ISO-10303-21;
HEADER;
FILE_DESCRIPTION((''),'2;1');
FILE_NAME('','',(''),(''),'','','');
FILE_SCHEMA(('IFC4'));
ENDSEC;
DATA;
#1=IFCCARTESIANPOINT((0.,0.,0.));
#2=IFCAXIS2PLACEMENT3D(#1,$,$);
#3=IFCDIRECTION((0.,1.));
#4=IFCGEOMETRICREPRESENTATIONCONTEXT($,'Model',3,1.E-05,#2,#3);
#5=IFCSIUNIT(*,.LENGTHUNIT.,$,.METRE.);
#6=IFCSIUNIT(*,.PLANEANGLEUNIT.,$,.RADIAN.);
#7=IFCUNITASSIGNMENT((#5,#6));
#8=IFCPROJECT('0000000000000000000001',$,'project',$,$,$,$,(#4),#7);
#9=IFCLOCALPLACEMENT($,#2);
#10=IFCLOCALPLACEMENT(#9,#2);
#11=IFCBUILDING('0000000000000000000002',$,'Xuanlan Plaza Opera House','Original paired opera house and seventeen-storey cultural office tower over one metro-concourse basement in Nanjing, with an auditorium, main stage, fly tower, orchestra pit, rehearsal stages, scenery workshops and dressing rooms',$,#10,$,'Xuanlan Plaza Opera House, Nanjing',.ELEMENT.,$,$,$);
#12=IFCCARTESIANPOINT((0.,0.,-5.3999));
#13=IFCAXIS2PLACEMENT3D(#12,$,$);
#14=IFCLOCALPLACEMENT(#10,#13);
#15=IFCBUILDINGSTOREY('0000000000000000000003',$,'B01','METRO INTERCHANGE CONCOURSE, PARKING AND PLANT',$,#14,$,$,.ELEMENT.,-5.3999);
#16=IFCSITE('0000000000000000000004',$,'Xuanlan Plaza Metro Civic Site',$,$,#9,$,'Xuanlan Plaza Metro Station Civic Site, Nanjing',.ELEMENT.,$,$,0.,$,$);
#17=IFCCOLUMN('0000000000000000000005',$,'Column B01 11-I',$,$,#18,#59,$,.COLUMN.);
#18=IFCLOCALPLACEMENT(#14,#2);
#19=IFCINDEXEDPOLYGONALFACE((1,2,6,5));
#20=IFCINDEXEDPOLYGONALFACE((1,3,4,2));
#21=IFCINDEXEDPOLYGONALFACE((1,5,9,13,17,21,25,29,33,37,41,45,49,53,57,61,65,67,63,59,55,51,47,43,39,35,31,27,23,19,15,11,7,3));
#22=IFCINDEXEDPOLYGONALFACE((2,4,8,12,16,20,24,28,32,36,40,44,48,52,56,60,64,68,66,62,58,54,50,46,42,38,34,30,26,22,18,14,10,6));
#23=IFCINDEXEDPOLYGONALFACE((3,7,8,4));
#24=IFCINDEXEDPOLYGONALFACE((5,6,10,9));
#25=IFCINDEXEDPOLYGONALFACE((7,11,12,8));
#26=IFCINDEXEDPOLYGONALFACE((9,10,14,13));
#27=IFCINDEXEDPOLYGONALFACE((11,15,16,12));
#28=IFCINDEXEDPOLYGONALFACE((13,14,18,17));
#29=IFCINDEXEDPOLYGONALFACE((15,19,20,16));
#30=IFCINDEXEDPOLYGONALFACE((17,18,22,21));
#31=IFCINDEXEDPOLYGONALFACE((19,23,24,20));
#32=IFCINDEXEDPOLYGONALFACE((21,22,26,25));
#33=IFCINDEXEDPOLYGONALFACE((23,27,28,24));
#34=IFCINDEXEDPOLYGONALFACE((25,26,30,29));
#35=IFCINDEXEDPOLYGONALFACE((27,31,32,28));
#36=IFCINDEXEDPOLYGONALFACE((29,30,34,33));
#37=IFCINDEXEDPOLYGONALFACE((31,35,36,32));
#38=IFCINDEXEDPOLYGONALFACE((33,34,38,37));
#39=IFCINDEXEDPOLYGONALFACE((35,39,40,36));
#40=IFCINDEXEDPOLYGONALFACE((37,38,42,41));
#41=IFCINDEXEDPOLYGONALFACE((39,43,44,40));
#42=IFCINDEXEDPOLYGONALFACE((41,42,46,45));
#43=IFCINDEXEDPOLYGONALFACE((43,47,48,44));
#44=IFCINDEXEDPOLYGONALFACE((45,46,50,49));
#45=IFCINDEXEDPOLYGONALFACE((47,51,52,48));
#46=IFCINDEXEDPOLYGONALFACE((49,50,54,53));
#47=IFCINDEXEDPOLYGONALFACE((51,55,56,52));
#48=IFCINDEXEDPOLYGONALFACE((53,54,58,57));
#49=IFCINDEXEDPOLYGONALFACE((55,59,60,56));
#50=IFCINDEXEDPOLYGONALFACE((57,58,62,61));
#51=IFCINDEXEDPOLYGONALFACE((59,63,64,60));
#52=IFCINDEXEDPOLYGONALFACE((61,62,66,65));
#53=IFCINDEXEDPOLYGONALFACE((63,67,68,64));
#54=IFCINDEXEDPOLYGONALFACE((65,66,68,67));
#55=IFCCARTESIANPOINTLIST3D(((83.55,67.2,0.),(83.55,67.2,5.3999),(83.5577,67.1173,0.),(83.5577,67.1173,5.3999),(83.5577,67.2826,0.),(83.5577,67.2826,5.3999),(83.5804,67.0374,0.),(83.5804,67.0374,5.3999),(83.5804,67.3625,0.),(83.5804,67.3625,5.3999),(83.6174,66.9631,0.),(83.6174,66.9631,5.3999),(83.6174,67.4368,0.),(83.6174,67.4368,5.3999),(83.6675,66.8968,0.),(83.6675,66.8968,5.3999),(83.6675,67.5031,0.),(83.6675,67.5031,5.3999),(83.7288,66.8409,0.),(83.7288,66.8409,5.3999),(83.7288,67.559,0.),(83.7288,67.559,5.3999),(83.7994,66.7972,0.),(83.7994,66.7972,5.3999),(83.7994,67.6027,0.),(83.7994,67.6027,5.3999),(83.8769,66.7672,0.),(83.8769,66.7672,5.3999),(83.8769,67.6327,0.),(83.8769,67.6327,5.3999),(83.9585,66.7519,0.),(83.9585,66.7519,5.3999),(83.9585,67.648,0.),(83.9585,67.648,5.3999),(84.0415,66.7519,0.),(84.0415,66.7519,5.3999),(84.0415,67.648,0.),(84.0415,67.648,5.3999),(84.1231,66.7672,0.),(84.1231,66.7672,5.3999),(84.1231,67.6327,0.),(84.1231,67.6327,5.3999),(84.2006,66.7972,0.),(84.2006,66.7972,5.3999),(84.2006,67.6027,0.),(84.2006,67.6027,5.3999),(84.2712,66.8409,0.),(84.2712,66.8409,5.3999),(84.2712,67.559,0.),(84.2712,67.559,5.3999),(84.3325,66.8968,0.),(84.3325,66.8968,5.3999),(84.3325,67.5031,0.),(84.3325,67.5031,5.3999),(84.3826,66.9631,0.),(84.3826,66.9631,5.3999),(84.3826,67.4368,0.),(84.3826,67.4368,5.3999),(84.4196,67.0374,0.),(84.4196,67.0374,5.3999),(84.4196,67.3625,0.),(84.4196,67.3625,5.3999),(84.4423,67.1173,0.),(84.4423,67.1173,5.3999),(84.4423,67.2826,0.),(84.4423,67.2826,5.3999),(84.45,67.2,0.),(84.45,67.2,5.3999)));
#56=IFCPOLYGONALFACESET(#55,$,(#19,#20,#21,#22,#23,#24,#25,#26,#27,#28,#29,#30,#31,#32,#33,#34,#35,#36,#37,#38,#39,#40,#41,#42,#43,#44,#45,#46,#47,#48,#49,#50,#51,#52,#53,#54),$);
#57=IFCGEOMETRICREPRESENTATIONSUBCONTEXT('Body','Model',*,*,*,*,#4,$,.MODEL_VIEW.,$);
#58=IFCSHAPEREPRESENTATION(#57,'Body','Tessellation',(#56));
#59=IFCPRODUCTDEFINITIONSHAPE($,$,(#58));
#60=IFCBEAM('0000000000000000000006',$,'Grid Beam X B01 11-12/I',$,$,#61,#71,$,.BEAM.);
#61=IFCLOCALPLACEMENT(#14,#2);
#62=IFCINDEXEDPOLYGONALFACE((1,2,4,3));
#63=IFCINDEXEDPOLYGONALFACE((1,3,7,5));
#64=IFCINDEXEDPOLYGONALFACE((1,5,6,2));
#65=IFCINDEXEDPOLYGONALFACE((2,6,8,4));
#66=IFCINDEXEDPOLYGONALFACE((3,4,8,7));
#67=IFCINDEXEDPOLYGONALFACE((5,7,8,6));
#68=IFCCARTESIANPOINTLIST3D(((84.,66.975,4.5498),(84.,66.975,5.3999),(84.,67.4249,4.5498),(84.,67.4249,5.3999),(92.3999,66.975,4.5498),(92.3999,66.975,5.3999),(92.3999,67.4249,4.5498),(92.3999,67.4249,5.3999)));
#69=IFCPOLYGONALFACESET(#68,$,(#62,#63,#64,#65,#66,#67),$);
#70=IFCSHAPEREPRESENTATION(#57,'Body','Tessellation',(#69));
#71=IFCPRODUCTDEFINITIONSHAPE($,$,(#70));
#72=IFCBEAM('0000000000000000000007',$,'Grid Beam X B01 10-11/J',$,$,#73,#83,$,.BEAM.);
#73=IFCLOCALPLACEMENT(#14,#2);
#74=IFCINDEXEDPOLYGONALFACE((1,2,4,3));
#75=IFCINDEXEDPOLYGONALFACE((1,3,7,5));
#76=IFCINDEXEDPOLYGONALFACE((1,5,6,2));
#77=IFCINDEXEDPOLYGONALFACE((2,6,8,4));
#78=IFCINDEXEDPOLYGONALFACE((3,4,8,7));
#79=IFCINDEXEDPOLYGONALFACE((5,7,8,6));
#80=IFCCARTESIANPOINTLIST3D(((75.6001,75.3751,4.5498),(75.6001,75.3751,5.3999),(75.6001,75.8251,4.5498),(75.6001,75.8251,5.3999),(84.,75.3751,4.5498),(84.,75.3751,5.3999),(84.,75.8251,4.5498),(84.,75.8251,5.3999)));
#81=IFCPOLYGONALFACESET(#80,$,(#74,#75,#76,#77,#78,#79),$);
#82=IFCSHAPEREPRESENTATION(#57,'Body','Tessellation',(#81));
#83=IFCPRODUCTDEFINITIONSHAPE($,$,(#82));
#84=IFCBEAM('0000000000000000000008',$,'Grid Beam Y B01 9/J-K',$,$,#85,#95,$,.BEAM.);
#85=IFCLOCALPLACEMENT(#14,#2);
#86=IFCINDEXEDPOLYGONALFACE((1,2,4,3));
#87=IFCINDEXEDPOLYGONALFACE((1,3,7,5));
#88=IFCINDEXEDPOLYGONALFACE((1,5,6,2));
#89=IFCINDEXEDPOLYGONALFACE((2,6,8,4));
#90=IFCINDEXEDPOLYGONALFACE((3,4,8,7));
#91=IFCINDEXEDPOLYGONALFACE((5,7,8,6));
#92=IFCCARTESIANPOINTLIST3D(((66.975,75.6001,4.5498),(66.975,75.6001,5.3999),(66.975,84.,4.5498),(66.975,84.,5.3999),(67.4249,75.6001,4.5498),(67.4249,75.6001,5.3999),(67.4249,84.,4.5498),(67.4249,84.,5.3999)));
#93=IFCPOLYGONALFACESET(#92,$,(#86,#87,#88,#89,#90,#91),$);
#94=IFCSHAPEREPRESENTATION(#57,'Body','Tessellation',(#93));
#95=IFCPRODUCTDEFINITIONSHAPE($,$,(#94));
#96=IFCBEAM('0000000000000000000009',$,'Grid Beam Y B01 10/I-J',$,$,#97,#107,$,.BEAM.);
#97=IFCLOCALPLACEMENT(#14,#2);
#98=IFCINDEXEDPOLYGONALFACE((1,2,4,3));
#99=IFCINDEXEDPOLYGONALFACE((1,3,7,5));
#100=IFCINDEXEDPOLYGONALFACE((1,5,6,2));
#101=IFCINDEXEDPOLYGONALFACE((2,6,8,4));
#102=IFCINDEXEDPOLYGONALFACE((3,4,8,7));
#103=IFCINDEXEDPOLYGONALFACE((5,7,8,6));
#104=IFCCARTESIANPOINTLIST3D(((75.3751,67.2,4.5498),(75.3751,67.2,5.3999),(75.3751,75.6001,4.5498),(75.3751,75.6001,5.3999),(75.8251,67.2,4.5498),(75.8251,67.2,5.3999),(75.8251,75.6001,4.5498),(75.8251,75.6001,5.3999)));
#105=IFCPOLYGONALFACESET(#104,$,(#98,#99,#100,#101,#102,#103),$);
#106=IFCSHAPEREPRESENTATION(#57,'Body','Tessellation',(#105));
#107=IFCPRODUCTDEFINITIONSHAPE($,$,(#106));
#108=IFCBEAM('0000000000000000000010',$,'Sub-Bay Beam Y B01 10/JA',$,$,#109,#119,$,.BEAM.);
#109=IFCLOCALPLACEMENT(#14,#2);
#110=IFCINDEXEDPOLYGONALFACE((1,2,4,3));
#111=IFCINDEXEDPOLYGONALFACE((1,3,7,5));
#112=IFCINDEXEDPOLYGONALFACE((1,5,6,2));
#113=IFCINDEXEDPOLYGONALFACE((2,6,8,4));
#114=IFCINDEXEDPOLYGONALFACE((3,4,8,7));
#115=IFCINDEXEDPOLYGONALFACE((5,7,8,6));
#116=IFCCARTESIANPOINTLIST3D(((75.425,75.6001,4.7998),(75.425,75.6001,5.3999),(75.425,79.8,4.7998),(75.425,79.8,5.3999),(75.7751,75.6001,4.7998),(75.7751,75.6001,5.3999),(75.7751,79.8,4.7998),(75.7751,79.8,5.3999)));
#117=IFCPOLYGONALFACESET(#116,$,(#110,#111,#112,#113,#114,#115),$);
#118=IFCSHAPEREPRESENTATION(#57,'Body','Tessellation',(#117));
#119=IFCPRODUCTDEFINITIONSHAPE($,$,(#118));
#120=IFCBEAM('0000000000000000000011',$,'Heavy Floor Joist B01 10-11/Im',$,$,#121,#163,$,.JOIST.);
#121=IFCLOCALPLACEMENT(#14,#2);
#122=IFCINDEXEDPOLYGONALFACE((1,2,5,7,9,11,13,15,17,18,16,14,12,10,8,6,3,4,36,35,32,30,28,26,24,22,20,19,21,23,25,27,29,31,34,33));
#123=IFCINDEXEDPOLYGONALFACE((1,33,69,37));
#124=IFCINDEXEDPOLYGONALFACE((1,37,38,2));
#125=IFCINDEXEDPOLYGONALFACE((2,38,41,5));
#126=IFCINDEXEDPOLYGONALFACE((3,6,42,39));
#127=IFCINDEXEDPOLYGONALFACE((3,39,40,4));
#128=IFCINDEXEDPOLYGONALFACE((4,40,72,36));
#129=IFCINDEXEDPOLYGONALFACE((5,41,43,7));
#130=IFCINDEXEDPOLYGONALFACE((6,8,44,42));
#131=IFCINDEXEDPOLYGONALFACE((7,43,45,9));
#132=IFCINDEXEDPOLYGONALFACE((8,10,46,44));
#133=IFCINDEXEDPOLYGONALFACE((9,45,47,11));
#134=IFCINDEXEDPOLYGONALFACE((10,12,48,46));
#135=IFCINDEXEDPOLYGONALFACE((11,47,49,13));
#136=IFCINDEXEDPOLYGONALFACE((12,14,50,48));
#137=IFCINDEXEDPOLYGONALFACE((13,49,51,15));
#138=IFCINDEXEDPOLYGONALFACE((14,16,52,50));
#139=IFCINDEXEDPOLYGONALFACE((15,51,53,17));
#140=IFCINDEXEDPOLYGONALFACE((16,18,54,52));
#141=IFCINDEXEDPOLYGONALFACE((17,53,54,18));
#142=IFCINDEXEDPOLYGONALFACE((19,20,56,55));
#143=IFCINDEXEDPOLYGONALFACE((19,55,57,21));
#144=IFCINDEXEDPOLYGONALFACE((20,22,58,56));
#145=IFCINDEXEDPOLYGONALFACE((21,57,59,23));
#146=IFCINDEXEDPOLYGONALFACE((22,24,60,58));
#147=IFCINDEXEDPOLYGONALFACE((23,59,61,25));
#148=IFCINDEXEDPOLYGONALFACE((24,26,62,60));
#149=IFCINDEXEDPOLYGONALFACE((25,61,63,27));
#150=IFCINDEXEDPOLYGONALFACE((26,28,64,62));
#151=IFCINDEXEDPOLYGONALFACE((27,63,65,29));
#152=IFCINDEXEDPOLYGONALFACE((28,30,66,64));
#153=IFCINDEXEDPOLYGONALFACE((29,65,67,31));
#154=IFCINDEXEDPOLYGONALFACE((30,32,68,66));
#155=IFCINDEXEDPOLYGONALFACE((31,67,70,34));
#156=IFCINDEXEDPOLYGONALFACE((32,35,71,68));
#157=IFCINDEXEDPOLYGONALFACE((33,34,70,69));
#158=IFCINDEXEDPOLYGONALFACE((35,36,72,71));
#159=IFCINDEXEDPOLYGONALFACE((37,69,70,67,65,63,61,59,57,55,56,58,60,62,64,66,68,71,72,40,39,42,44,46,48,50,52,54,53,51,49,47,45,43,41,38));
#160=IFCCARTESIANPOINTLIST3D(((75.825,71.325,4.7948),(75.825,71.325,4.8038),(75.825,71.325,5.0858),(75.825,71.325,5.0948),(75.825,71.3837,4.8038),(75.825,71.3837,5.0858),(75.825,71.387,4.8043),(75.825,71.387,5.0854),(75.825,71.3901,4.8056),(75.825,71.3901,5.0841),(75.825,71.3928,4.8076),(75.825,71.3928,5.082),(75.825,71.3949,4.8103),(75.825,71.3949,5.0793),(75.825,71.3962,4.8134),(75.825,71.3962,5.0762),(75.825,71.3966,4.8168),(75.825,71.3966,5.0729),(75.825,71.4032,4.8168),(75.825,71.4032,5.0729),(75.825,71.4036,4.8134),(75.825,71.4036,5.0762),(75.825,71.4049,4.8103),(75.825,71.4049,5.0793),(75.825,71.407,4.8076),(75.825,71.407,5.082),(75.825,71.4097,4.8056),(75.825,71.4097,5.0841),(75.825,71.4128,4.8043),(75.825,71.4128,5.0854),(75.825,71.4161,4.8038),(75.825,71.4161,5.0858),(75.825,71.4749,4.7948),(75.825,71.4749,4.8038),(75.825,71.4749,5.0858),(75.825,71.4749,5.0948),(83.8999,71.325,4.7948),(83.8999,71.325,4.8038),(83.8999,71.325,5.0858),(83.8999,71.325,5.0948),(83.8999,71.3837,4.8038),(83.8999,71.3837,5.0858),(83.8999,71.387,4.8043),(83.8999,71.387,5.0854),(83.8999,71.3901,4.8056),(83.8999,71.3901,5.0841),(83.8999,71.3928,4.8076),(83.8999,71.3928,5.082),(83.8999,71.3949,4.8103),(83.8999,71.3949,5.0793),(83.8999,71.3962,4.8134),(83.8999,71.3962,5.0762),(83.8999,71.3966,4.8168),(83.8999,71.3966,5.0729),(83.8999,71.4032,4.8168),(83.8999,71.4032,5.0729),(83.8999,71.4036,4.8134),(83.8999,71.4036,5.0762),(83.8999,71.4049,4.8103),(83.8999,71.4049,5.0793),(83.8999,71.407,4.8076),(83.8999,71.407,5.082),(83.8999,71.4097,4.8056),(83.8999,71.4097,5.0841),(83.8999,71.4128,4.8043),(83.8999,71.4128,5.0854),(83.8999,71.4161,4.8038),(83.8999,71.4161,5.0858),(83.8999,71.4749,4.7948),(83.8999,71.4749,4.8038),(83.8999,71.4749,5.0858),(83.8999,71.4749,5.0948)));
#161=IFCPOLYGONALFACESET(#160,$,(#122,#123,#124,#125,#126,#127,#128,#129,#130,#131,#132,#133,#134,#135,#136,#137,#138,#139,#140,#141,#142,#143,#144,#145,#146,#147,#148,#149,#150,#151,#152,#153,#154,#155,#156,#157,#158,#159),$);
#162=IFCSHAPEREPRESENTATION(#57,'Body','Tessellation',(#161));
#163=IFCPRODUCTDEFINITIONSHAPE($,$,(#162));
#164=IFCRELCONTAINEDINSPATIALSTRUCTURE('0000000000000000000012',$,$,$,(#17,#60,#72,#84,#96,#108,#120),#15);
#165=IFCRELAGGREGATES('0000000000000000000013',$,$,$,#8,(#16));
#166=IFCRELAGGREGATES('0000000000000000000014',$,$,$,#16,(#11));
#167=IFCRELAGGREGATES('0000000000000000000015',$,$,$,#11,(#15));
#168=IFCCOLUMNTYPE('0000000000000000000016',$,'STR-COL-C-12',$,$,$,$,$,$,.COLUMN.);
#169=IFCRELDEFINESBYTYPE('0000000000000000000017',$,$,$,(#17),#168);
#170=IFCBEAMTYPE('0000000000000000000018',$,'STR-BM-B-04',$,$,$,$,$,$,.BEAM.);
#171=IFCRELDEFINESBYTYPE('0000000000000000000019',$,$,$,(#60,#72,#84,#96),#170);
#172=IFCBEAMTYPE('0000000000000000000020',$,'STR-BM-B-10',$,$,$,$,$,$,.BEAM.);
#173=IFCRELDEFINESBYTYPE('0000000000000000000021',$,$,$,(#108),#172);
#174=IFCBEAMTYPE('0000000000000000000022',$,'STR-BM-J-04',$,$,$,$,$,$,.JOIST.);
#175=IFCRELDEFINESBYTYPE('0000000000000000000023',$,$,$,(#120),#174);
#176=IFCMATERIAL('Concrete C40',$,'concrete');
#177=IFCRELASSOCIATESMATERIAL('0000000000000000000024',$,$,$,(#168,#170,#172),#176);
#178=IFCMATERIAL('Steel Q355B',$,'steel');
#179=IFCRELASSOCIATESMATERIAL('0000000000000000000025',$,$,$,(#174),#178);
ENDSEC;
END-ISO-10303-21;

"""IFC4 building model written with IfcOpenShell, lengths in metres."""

from ifc_helpers import new_model, si_unit, direction, frame, origin, origin_2d, place, context, subcontext, project, spatial, rectangle, circle, i_section, extrude, material, material_profile, profile_set, type_object, element, save


model = new_model("IFC4")

# Units and contexts
model_context = context("Model", 3, precision=1e-05, world=origin(), true_north=direction((0.0, 1.0)))
body_context = subcontext(model_context, "Body", "Model", "MODEL_VIEW")
ifc_project = project(units=[si_unit("LENGTHUNIT", "METRE"), si_unit("PLANEANGLEUNIT", "RADIAN")], contexts=[model_context])

# Site, building, storey
site_placement = place(None, origin())
site = spatial("IfcSite", under=ifc_project, at=site_placement, Name="Xuanlan Plaza Metro Civic Site", LongName="Xuanlan Plaza Metro Station Civic Site, Nanjing", CompositionType="ELEMENT", RefElevation=0.0)
building_placement = place(site_placement, origin())
building = spatial("IfcBuilding", under=site, at=building_placement, Name="Xuanlan Plaza Opera House", Description="Original paired opera house and seventeen-storey cultural office tower over one metro-concourse basement in Nanjing, with an auditorium, main stage, fly tower, orchestra pit, rehearsal stages, scenery workshops and dressing rooms", LongName="Xuanlan Plaza Opera House, Nanjing", CompositionType="ELEMENT")
storey_placement = place(building_placement, frame((0.0, 0.0, -5.3999)))
storey = spatial("IfcBuildingStorey", under=building, at=storey_placement, Name="B01", Description="METRO INTERCHANGE CONCOURSE, PARKING AND PLANT", CompositionType="ELEMENT", Elevation=-5.3999)

# Shared definitions
ifc_material_1 = material(Name="Concrete C40", Category="concrete")

# Column
ifc_material_profile_1 = material_profile(ifc_material_1, circle(Radius=0.45, at=origin_2d()), Name="RC-COL D900")
ifc_profile_set_1 = profile_set([ifc_material_profile_1], Name="Concrete C40")
column_type_1 = type_object("IfcColumnType", Name="STR-COL-C-12", PredefinedType="COLUMN", material=ifc_profile_set_1)
for number, where, z_axis, x_axis, name in (
    (1, (84.0, 67.2, 0.0), (0.0, 0.0, 1.0), (1.0, 0.0, 0.0), "Column B01 11-I"),
):
    element("IfcColumn", number, at=place(storey_placement, frame(where, z_axis=z_axis, x_axis=x_axis)), inside=storey, type_object=column_type_1, Name=name, PredefinedType="COLUMN", context=body_context, shape_type="SweptSolid", body=[
        extrude(circle(Radius=0.45, at=origin_2d()), origin(), (0.0, 0.0, 1.0), 5.3999),
    ])

# Beams
ifc_material_profile_2 = material_profile(ifc_material_1, rectangle(XDim=0.45, YDim=0.8501, at=origin_2d()), Name="RC-BM 450x850")
ifc_profile_set_2 = profile_set([ifc_material_profile_2], Name="Concrete C40")
beam_type_1 = type_object("IfcBeamType", Name="STR-BM-B-04", PredefinedType="BEAM", material=ifc_profile_set_2)
for number, where, z_axis, x_axis, name in (
    (2, (84.0, 67.2, 4.9749), (1.0, 0.0, 0.0), (0.0, 1.0, 0.0), "Grid Beam X B01 11-12/I"),
    (3, (75.6001, 75.6001, 4.9749), (1.0, 0.0, 0.0), (0.0, 1.0, 0.0), "Grid Beam X B01 10-11/J"),
    (4, (67.2, 75.6001, 4.9749), (0.0, 1.0, 0.0), (-1.0, 0.0, 0.0), "Grid Beam Y B01 9/J-K"),
):
    element("IfcBeam", number, at=place(storey_placement, frame(where, z_axis=z_axis, x_axis=x_axis)), inside=storey, type_object=beam_type_1, Name=name, PredefinedType="BEAM", context=body_context, shape_type="SweptSolid", body=[
        extrude(rectangle(XDim=0.45, YDim=0.8501, at=origin_2d()), origin(), (0.0, 0.0, 1.0), 8.3999),
    ])
beam_1_placement = place(storey_placement, frame((75.6001, 67.2, 4.9749), z_axis=(0.0, 1.0, 0.0), x_axis=(-1.0, 0.0, 0.0)))
element("IfcBeam", 5, at=beam_1_placement, inside=storey, type_object=beam_type_1, Name="Grid Beam Y B01 10/I-J", PredefinedType="BEAM", context=body_context, shape_type="SweptSolid", body=[
    extrude(rectangle(XDim=0.45, YDim=0.8501, at=origin_2d()), origin(), (0.0, 0.0, 1.0), 8.4001),
])
ifc_material_profile_3 = material_profile(ifc_material_1, rectangle(XDim=0.3501, YDim=0.6001, at=origin_2d()), Name="RC-BM 350x600")
ifc_profile_set_3 = profile_set([ifc_material_profile_3], Name="Concrete C40")
beam_type_2 = type_object("IfcBeamType", Name="STR-BM-B-10", PredefinedType="BEAM", material=ifc_profile_set_3)
beam_2_placement = place(storey_placement, frame((75.6001, 75.6001, 5.0999), z_axis=(0.0, 1.0, 0.0), x_axis=(-1.0, 0.0, 0.0)))
element("IfcBeam", 6, at=beam_2_placement, inside=storey, type_object=beam_type_2, Name="Sub-Bay Beam Y B01 10/JA", PredefinedType="BEAM", context=body_context, shape_type="SweptSolid", body=[
    extrude(rectangle(XDim=0.3501, YDim=0.6001, at=origin_2d()), origin(), (0.0, 0.0, 1.0), 4.2),
])
ifc_material_2 = material(Name="Steel Q355B", Category="steel")
ifc_material_profile_4 = material_profile(ifc_material_2, i_section(OverallWidth=0.1499, OverallDepth=0.3, WebThickness=0.0066, FlangeThickness=0.009, FilletRadius=0.0129, at=origin_2d()), Name="HN 300x150x6.5x9")
ifc_profile_set_4 = profile_set([ifc_material_profile_4], Name="Steel Q355B")
beam_type_3 = type_object("IfcBeamType", Name="STR-BM-J-04", PredefinedType="JOIST", material=ifc_profile_set_4)
beam_3_placement = place(storey_placement, frame((75.825, 71.3999, 4.9448), z_axis=(1.0, 0.0, 0.0), x_axis=(0.0, 1.0, 0.0)))
element("IfcBeam", 7, at=beam_3_placement, inside=storey, type_object=beam_type_3, Name="Heavy Floor Joist B01 10-11/Im", PredefinedType="JOIST", context=body_context, shape_type="SweptSolid", body=[
    extrude(i_section(OverallWidth=0.1499, OverallDepth=0.3, WebThickness=0.0066, FlangeThickness=0.009, FilletRadius=0.0129, at=origin_2d()), origin(), (0.0, 0.0, 1.0), 8.075),
])

save(model, "model.ifc")
